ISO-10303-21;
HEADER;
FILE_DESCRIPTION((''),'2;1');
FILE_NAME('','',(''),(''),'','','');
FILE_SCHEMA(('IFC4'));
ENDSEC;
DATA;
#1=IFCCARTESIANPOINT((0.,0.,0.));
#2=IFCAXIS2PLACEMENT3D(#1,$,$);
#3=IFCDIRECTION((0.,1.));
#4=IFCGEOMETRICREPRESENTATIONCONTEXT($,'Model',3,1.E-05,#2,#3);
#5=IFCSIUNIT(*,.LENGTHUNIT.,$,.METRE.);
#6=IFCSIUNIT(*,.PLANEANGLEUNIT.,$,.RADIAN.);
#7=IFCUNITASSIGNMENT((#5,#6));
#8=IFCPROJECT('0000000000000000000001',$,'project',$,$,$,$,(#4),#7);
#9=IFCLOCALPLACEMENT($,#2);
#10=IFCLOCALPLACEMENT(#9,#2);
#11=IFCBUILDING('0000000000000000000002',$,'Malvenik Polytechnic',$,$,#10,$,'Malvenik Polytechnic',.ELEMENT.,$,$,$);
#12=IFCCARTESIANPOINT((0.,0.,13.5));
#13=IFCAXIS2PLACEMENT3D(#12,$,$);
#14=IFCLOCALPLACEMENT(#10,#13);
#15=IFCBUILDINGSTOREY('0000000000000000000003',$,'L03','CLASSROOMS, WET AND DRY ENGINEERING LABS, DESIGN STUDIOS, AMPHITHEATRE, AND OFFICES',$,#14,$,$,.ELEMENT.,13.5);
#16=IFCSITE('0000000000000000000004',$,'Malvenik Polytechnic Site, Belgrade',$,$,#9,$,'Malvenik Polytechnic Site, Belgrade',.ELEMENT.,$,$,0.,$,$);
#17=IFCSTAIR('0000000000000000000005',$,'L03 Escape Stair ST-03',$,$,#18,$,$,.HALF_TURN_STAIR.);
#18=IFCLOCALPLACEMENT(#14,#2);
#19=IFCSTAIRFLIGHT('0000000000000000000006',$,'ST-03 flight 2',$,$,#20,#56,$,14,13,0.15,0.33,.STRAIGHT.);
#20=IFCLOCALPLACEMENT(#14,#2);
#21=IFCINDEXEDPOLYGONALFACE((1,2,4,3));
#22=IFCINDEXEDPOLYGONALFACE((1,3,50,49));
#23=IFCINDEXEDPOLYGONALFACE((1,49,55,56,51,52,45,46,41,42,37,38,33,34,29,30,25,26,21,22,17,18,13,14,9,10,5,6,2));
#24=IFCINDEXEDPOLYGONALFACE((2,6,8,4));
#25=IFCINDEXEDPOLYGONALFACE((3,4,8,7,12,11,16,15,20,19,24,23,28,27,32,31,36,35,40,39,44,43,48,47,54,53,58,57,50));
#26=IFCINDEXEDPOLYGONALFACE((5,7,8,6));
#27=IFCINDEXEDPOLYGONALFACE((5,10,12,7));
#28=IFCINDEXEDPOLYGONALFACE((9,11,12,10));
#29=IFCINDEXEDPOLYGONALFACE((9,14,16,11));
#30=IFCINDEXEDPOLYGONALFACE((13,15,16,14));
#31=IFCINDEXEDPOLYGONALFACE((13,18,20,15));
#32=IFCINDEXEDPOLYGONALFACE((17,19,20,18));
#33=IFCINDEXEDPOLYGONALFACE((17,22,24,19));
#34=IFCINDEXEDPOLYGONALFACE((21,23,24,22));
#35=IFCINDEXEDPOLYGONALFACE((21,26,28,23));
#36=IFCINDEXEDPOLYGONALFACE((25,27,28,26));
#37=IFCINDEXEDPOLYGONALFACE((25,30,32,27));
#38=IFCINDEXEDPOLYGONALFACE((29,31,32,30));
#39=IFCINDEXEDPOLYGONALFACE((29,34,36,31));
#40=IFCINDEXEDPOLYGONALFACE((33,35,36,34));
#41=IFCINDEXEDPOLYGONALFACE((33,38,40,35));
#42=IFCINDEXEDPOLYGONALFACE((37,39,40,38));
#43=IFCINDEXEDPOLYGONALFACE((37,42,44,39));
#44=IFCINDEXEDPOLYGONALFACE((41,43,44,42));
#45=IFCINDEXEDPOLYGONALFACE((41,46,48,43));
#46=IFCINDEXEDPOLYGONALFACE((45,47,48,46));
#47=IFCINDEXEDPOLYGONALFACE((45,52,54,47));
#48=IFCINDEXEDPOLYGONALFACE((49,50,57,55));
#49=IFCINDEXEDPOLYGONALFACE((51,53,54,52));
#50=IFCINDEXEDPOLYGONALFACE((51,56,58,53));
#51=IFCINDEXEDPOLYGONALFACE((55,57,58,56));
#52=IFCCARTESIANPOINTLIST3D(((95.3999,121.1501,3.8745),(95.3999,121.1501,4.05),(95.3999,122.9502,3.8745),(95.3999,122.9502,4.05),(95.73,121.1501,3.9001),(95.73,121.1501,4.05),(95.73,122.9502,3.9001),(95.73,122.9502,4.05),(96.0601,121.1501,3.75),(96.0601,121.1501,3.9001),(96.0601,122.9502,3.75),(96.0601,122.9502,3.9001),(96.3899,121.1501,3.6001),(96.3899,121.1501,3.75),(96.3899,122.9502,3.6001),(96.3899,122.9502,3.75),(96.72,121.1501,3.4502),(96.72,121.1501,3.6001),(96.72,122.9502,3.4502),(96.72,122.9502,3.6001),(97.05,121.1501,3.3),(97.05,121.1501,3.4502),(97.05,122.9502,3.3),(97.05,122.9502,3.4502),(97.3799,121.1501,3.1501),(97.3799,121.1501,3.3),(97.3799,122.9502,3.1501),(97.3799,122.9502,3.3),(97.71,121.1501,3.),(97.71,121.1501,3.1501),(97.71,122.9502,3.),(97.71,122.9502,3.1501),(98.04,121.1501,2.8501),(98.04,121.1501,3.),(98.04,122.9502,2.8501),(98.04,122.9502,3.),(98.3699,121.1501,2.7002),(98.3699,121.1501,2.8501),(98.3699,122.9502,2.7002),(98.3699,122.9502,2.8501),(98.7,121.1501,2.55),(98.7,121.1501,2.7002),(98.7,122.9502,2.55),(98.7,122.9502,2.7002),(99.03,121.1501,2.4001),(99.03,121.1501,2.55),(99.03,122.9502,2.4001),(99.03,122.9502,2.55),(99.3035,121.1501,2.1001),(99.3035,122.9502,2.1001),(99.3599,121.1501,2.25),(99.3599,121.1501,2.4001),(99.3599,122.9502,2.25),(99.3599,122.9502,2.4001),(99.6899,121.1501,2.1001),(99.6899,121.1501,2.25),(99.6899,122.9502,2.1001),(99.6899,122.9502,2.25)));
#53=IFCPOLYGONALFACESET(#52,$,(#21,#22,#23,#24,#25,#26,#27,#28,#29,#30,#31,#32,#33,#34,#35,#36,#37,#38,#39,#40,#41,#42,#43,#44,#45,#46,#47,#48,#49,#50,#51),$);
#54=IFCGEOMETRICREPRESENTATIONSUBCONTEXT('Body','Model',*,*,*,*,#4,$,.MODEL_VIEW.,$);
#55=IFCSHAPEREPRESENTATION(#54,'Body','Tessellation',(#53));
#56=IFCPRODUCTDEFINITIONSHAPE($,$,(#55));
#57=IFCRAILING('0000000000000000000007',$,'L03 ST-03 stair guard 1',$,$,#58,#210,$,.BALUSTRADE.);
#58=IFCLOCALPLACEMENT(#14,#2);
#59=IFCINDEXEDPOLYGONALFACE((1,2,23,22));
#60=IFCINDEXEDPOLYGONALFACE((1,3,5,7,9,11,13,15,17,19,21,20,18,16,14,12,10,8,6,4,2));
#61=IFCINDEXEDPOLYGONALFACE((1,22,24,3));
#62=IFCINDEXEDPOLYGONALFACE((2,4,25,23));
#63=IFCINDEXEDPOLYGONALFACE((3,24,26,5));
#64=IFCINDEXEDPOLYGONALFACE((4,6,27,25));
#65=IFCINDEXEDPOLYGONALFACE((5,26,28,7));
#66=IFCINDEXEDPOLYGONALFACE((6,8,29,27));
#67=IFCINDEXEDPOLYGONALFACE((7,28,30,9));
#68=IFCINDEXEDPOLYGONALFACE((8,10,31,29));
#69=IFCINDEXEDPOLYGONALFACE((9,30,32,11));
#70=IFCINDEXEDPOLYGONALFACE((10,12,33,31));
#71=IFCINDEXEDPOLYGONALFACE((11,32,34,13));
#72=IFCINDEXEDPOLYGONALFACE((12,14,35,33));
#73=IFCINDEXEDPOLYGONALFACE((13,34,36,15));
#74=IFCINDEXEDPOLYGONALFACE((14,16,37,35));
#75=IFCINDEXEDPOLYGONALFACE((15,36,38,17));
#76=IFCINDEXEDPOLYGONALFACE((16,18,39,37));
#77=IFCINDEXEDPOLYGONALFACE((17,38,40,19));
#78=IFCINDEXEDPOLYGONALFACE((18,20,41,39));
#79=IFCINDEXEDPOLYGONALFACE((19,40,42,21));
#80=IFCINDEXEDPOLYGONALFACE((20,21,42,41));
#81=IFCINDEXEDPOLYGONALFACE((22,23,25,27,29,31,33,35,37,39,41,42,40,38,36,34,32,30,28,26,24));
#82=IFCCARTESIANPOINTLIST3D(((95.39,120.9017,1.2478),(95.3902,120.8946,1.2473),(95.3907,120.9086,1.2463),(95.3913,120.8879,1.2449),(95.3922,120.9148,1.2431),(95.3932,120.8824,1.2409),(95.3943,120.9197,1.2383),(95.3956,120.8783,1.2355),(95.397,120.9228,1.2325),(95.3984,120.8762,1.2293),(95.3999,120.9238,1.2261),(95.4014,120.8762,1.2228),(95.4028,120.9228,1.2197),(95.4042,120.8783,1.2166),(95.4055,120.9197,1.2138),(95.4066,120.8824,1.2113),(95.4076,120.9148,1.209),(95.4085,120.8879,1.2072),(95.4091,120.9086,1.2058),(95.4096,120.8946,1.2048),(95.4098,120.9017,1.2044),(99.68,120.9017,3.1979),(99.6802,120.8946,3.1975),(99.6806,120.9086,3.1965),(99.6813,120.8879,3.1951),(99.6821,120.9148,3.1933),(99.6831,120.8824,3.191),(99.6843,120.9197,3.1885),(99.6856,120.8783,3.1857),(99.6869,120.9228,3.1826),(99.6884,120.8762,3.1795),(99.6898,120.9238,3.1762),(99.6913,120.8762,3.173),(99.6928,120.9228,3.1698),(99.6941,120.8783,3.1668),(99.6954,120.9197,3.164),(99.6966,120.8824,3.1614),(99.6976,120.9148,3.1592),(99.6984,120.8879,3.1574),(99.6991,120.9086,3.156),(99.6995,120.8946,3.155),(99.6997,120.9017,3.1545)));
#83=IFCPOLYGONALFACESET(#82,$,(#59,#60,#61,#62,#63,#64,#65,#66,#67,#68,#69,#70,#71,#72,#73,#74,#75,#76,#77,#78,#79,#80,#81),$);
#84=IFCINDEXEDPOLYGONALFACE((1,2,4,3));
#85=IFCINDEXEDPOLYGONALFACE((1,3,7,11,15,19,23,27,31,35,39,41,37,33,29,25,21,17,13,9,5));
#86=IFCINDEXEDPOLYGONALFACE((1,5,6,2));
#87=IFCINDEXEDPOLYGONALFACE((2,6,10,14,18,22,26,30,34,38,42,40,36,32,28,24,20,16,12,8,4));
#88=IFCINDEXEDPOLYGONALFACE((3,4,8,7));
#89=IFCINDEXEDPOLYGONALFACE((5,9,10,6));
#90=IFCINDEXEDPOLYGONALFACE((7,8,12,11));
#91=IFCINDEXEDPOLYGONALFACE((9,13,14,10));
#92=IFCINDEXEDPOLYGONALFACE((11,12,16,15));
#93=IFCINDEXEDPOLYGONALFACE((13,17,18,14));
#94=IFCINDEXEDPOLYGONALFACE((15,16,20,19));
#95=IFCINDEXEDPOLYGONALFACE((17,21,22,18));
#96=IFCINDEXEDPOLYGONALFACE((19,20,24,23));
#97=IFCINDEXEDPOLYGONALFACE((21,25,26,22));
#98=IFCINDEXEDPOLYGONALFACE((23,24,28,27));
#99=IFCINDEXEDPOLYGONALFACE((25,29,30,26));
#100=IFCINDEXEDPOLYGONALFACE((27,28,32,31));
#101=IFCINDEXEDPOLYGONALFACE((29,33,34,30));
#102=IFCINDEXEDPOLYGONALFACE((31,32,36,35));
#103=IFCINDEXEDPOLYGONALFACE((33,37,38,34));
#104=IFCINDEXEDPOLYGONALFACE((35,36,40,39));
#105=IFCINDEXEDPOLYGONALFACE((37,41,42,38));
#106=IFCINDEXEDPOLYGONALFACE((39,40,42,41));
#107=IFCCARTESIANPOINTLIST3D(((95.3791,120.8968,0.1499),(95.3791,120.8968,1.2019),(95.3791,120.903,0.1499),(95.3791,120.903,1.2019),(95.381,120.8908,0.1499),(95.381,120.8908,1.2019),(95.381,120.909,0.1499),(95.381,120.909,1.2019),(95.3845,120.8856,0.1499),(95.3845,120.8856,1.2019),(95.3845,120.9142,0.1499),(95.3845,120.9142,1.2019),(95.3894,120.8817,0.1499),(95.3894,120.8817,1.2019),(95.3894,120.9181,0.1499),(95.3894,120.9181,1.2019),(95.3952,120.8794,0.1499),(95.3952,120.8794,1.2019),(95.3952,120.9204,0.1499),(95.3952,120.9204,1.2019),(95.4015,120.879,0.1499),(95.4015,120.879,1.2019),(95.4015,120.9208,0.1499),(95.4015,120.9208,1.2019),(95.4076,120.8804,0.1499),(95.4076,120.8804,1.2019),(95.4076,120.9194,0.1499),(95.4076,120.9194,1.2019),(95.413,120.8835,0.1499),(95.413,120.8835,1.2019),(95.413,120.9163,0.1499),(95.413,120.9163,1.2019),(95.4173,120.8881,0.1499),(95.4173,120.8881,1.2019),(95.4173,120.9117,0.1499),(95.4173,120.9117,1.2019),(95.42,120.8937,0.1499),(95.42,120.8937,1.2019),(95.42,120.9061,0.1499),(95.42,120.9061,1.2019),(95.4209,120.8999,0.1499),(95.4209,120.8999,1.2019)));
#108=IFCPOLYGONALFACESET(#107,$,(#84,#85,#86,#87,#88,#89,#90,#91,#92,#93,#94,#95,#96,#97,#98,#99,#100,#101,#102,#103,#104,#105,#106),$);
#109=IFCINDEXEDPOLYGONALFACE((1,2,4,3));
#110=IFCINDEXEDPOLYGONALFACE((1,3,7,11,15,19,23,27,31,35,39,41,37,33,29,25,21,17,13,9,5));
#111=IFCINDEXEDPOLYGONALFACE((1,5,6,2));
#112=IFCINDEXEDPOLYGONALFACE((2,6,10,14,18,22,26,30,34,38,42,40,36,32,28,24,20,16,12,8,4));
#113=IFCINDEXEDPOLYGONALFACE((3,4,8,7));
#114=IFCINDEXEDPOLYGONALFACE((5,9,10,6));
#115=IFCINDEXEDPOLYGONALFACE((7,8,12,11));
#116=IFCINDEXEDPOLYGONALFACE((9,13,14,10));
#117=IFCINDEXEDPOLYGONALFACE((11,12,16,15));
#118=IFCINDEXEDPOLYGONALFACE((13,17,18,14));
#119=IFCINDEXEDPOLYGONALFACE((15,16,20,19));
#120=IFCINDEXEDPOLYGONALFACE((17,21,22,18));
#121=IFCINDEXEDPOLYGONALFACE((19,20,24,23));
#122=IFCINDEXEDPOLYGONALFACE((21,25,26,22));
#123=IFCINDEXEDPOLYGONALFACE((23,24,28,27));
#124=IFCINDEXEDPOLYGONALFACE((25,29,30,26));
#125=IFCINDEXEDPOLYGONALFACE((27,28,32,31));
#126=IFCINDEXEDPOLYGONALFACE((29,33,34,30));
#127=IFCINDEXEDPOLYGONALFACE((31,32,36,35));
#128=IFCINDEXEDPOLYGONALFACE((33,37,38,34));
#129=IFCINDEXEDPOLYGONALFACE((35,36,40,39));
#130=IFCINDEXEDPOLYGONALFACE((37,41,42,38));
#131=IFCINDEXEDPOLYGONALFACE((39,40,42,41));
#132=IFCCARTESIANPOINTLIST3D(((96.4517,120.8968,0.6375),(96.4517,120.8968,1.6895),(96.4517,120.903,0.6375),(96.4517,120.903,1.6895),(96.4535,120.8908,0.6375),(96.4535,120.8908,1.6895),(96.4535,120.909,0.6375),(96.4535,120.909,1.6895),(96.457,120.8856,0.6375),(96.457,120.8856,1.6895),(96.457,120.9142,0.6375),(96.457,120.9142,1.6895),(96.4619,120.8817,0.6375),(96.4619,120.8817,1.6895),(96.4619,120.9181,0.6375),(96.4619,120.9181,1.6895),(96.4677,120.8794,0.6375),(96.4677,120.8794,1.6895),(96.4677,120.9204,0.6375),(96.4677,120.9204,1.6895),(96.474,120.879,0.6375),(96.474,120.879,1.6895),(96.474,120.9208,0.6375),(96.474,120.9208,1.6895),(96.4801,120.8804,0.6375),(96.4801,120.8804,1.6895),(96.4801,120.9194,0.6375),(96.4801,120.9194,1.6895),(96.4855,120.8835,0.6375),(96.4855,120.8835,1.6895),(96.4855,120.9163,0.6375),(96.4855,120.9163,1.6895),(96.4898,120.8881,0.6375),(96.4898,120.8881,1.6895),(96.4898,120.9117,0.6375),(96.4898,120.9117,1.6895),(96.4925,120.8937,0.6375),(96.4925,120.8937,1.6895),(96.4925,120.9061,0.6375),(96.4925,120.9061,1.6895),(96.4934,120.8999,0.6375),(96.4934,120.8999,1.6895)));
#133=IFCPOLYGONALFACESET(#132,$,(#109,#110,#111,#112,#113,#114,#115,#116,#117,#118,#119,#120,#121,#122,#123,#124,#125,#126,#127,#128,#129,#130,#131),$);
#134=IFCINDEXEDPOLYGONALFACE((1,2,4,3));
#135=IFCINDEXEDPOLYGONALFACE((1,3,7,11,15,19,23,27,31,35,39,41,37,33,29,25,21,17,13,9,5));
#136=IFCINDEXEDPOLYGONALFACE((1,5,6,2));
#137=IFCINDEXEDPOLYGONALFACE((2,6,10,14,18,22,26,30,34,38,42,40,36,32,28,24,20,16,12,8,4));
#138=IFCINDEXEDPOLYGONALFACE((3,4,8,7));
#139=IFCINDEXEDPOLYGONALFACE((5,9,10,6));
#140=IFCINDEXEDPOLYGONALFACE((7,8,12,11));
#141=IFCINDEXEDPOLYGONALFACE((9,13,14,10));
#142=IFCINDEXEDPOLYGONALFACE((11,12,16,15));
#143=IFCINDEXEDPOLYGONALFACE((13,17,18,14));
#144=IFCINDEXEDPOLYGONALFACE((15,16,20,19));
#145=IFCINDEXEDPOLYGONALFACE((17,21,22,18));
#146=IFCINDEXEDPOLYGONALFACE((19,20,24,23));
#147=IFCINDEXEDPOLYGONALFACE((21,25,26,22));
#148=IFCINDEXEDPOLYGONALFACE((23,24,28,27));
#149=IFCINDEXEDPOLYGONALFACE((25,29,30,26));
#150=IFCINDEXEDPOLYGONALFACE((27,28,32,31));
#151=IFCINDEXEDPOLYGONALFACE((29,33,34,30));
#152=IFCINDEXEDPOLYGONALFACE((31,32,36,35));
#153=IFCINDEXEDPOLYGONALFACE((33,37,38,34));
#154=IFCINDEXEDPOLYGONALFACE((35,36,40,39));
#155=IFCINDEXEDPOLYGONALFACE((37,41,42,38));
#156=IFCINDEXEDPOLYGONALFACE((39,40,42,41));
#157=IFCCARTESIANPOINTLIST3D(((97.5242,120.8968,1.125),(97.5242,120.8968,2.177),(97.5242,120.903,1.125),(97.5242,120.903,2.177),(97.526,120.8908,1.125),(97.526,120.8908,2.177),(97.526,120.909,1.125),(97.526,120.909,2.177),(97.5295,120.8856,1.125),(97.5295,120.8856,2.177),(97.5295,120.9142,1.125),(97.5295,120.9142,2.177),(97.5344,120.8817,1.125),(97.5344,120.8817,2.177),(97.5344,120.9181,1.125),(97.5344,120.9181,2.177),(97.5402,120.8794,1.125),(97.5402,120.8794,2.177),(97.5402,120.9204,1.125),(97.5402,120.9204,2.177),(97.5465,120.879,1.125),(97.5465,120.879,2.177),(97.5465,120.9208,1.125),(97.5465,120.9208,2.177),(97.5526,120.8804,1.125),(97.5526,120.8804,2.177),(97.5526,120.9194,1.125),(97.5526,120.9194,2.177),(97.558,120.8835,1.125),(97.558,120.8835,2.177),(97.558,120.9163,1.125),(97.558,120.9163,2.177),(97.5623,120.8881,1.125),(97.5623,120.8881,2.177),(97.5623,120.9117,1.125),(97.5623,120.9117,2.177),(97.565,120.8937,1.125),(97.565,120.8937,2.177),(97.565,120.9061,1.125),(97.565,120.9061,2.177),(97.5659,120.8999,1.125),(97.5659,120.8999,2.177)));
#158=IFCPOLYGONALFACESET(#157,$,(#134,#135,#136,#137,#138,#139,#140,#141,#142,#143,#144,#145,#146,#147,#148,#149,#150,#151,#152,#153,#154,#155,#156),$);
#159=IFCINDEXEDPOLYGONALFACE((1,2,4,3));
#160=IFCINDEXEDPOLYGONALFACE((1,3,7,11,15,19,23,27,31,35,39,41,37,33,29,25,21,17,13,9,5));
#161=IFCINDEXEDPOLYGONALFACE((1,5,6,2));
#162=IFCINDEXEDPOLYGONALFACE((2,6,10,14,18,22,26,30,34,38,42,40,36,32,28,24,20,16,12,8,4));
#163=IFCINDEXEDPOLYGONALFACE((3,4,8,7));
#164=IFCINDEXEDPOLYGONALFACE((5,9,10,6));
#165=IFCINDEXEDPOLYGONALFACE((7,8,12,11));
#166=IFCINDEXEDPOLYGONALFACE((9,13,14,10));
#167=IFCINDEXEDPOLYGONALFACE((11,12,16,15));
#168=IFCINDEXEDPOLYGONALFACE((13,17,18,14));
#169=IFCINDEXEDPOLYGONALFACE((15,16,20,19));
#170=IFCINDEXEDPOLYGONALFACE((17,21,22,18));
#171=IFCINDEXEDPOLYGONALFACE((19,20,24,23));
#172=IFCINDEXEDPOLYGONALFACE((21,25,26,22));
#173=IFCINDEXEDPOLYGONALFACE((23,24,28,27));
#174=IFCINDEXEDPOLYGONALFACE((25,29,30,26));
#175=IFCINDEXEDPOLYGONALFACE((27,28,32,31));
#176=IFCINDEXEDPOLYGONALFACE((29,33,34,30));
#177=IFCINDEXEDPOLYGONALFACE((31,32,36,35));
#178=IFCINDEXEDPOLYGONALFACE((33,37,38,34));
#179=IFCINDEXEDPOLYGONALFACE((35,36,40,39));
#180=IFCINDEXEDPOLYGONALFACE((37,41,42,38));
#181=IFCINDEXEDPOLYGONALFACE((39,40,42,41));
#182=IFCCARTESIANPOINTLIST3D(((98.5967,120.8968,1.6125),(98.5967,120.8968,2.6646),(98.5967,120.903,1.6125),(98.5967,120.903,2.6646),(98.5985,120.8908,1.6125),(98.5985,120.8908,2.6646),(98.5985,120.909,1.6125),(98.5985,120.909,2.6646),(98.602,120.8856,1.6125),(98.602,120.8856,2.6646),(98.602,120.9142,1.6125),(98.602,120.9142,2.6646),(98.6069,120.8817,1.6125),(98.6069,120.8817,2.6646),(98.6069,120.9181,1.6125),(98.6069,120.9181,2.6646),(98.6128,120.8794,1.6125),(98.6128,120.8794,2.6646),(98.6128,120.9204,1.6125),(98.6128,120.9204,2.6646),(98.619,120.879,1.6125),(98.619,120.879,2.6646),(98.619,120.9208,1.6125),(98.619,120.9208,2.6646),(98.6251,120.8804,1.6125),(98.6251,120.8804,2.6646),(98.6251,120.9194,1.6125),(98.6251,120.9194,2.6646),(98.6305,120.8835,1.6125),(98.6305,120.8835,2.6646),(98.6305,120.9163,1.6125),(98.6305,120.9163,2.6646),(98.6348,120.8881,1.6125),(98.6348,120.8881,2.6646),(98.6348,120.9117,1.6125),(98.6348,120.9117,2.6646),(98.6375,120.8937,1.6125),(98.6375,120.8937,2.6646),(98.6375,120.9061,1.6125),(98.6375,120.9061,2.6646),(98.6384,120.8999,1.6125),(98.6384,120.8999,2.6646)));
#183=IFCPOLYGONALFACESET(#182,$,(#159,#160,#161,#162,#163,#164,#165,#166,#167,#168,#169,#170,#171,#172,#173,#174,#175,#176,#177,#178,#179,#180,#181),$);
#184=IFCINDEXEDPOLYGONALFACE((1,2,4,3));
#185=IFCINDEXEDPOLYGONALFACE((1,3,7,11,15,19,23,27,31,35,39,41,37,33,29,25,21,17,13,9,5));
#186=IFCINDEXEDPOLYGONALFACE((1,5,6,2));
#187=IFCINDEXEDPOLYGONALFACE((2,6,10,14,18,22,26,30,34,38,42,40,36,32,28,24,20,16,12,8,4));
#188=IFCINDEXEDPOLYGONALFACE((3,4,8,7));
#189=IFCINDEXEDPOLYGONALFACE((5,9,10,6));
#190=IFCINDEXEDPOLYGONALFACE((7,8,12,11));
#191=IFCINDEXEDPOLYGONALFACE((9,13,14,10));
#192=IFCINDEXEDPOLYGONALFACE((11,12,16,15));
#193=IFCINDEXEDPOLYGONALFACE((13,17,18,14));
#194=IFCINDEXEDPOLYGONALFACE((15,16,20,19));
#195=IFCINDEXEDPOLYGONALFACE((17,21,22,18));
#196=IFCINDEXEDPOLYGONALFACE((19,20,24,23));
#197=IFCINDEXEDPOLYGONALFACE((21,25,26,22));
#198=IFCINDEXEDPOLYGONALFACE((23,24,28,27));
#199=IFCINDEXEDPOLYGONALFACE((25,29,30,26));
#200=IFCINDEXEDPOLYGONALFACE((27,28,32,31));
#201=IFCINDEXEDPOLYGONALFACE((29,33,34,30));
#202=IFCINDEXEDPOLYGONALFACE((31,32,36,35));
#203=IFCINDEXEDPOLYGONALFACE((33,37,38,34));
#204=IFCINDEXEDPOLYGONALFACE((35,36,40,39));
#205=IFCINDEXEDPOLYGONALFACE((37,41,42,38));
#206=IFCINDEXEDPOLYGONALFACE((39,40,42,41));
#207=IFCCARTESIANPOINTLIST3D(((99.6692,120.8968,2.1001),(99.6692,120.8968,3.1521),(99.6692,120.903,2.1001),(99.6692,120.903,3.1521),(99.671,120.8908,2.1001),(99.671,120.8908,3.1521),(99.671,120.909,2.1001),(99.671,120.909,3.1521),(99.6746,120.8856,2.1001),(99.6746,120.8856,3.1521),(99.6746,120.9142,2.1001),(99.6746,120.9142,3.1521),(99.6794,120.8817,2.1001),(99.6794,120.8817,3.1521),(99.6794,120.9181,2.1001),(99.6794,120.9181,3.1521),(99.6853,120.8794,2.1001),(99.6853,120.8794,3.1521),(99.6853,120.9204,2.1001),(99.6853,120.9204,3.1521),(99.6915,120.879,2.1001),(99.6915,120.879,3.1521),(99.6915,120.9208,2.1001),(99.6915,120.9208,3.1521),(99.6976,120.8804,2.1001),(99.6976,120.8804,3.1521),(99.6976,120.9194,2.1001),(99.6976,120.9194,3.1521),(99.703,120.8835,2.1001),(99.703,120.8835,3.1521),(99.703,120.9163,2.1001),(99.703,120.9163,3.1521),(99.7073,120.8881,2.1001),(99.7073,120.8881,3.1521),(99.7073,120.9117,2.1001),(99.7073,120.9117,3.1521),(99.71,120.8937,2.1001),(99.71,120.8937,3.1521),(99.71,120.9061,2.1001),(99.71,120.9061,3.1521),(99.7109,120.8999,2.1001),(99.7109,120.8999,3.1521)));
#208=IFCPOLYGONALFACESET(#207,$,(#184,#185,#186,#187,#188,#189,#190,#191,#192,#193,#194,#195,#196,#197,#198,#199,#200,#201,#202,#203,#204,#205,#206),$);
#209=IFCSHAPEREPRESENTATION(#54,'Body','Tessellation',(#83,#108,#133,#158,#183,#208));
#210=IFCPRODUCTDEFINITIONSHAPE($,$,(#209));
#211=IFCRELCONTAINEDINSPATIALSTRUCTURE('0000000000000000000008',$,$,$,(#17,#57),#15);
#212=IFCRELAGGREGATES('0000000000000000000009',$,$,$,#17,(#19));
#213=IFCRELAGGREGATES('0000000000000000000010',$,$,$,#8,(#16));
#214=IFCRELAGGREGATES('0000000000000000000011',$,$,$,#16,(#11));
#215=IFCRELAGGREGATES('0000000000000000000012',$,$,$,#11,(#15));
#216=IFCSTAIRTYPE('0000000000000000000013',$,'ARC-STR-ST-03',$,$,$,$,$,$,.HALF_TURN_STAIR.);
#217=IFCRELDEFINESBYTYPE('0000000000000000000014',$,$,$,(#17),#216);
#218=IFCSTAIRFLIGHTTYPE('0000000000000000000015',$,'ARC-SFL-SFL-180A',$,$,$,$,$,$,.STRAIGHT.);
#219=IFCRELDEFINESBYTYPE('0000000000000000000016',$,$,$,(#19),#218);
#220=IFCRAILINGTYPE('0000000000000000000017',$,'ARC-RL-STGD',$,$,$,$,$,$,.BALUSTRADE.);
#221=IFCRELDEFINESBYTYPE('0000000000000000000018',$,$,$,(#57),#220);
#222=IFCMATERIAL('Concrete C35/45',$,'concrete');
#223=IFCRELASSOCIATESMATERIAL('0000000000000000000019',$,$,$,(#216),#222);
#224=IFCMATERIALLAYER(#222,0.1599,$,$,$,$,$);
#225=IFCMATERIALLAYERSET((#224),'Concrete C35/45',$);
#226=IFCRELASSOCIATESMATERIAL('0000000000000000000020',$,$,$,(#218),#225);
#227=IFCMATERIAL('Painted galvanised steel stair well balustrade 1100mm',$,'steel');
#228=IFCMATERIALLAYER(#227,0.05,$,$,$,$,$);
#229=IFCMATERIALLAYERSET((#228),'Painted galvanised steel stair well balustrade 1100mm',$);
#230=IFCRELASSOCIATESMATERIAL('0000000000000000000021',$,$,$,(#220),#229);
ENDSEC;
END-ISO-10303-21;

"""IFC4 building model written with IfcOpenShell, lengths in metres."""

from ifc_helpers import new_model, si_unit, direction, frame, origin, origin_2d, place, context, subcontext, project, spatial, polyline, circle, outline, extrude, material, layer, layer_set, type_object, element, aggregate, save


model = new_model("IFC4")

# Units and contexts
model_context = context("Model", 3, precision=1e-05, world=origin(), true_north=direction((0.0, 1.0)))
body_context = subcontext(model_context, "Body", "Model", "MODEL_VIEW")
ifc_project = project(units=[si_unit("LENGTHUNIT", "METRE"), si_unit("PLANEANGLEUNIT", "RADIAN")], contexts=[model_context])

# Site, building, storey
site_placement = place(None, origin())
site = spatial("IfcSite", under=ifc_project, at=site_placement, Name="Malvenik Polytechnic Site, Belgrade", LongName="Malvenik Polytechnic Site, Belgrade", CompositionType="ELEMENT", RefElevation=0.0)
building_placement = place(site_placement, origin())
building = spatial("IfcBuilding", under=site, at=building_placement, Name="Malvenik Polytechnic", LongName="Malvenik Polytechnic", CompositionType="ELEMENT")
storey_placement = place(building_placement, frame((0.0, 0.0, 13.5)))
storey = spatial("IfcBuildingStorey", under=building, at=storey_placement, Name="L03", Description="CLASSROOMS, WET AND DRY ENGINEERING LABS, DESIGN STUDIOS, AMPHITHEATRE, AND OFFICES", CompositionType="ELEMENT", Elevation=13.5)

# Shared definitions
ifc_material_1 = material(Name="Concrete C35/45", Category="concrete")

# Stair, stair flight
stair_type = type_object("IfcStairType", Name="ARC-STR-ST-03", PredefinedType="HALF_TURN_STAIR", material=ifc_material_1)
stair_placement = place(storey_placement, origin())
stair = element("IfcStair", 1, at=stair_placement, inside=storey, type_object=stair_type, Name="L03 Escape Stair ST-03", PredefinedType="HALF_TURN_STAIR")
ifc_layer_1 = layer(ifc_material_1, 0.1599)
ifc_layer_set_1 = layer_set([ifc_layer_1], Name="Concrete C35/45")
stair_flight_type = type_object("IfcStairFlightType", Name="ARC-SFL-SFL-180A", PredefinedType="STRAIGHT", material=ifc_layer_set_1)
stair_flight_1_placement = place(storey_placement, frame((99.6899, 122.05, 2.1001), z_axis=(0.0, 0.0, 1.0), x_axis=(-1.0, 0.0, 0.0)))
stair_flight_1 = element("IfcStairFlight", 2, at=stair_flight_1_placement, type_object=stair_flight_type, Name="ST-03 flight 2", NumberOfRisers=14, NumberOfTreads=13, PredefinedType="STRAIGHT", RiserHeight=0.15, TreadLength=0.33, context=body_context, shape_type="SweptSolid", body=[
    extrude(outline(polyline([(0.0, 0.0), (0.0, 0.1499), (0.3301, 0.1499), (0.3301, 0.3), (0.6599, 0.3), (0.6599, 0.45), (0.99, 0.45), (0.99, 0.6001), (1.3201, 0.6001), (1.3201, 0.75), (1.6499, 0.75), (1.6499, 0.8999), (1.98, 0.8999), (1.98, 1.05), (2.3101, 1.05), (2.3101, 1.2), (2.6399, 1.2), (2.6399, 1.3501), (2.97, 1.3501), (2.97, 1.5), (3.3, 1.5), (3.3, 1.6499), (3.6299, 1.6499), (3.6299, 1.8), (3.96, 1.8), (3.96, 1.95), (4.29, 1.95), (4.29, 2.1001), (4.29, 1.7744), (0.3865, 0.0), (0.0, 0.0)])), frame((0.0, 0.8999, 0.0), z_axis=(0.0, -1.0, 0.0), x_axis=(1.0, 0.0, 0.0)), (0.0, 0.0, 1.0), 1.8),
])
aggregate(stair, [stair_flight_1])

# Railing
ifc_material_2 = material(Name="Painted galvanised steel stair well balustrade 1100mm", Category="steel")
ifc_layer_2 = layer(ifc_material_2, 0.05)
ifc_layer_set_2 = layer_set([ifc_layer_2], Name="Painted galvanised steel stair well balustrade 1100mm")
railing_type_1 = type_object("IfcRailingType", Name="ARC-RL-STGD", PredefinedType="BALUSTRADE", material=ifc_layer_set_2)
railing_1_placement = place(storey_placement, frame((95.3999, 120.8999, 0.1499)))
element("IfcRailing", 3, at=railing_1_placement, inside=storey, type_object=railing_type_1, Name="L03 ST-03 stair guard 1", PredefinedType="BALUSTRADE", context=body_context, shape_type="SweptSolid", body=[
    extrude(circle(Radius=0.0239, at=origin_2d()), frame((0.0, 0.0, 1.0762), z_axis=(0.910352, 0.0, 0.413834), x_axis=(0.0, 1.0, 0.0)), (0.0, 0.0, 1.0), 4.7124),
    extrude(circle(Radius=0.021, at=origin_2d()), origin(), (0.0, 0.0, 1.0), 1.052),
    extrude(circle(Radius=0.021, at=origin_2d()), frame((1.0725, 0.0, 0.4875)), (0.0, 0.0, 1.0), 1.052),
    extrude(circle(Radius=0.021, at=origin_2d()), frame((2.145, 0.0, 0.9751)), (0.0, 0.0, 1.0), 1.052),
    extrude(circle(Radius=0.021, at=origin_2d()), frame((3.2175, 0.0, 1.4626)), (0.0, 0.0, 1.0), 1.052),
    extrude(circle(Radius=0.021, at=origin_2d()), frame((4.29, 0.0, 1.9502)), (0.0, 0.0, 1.0), 1.052),
])

save(model, "model.ifc")
